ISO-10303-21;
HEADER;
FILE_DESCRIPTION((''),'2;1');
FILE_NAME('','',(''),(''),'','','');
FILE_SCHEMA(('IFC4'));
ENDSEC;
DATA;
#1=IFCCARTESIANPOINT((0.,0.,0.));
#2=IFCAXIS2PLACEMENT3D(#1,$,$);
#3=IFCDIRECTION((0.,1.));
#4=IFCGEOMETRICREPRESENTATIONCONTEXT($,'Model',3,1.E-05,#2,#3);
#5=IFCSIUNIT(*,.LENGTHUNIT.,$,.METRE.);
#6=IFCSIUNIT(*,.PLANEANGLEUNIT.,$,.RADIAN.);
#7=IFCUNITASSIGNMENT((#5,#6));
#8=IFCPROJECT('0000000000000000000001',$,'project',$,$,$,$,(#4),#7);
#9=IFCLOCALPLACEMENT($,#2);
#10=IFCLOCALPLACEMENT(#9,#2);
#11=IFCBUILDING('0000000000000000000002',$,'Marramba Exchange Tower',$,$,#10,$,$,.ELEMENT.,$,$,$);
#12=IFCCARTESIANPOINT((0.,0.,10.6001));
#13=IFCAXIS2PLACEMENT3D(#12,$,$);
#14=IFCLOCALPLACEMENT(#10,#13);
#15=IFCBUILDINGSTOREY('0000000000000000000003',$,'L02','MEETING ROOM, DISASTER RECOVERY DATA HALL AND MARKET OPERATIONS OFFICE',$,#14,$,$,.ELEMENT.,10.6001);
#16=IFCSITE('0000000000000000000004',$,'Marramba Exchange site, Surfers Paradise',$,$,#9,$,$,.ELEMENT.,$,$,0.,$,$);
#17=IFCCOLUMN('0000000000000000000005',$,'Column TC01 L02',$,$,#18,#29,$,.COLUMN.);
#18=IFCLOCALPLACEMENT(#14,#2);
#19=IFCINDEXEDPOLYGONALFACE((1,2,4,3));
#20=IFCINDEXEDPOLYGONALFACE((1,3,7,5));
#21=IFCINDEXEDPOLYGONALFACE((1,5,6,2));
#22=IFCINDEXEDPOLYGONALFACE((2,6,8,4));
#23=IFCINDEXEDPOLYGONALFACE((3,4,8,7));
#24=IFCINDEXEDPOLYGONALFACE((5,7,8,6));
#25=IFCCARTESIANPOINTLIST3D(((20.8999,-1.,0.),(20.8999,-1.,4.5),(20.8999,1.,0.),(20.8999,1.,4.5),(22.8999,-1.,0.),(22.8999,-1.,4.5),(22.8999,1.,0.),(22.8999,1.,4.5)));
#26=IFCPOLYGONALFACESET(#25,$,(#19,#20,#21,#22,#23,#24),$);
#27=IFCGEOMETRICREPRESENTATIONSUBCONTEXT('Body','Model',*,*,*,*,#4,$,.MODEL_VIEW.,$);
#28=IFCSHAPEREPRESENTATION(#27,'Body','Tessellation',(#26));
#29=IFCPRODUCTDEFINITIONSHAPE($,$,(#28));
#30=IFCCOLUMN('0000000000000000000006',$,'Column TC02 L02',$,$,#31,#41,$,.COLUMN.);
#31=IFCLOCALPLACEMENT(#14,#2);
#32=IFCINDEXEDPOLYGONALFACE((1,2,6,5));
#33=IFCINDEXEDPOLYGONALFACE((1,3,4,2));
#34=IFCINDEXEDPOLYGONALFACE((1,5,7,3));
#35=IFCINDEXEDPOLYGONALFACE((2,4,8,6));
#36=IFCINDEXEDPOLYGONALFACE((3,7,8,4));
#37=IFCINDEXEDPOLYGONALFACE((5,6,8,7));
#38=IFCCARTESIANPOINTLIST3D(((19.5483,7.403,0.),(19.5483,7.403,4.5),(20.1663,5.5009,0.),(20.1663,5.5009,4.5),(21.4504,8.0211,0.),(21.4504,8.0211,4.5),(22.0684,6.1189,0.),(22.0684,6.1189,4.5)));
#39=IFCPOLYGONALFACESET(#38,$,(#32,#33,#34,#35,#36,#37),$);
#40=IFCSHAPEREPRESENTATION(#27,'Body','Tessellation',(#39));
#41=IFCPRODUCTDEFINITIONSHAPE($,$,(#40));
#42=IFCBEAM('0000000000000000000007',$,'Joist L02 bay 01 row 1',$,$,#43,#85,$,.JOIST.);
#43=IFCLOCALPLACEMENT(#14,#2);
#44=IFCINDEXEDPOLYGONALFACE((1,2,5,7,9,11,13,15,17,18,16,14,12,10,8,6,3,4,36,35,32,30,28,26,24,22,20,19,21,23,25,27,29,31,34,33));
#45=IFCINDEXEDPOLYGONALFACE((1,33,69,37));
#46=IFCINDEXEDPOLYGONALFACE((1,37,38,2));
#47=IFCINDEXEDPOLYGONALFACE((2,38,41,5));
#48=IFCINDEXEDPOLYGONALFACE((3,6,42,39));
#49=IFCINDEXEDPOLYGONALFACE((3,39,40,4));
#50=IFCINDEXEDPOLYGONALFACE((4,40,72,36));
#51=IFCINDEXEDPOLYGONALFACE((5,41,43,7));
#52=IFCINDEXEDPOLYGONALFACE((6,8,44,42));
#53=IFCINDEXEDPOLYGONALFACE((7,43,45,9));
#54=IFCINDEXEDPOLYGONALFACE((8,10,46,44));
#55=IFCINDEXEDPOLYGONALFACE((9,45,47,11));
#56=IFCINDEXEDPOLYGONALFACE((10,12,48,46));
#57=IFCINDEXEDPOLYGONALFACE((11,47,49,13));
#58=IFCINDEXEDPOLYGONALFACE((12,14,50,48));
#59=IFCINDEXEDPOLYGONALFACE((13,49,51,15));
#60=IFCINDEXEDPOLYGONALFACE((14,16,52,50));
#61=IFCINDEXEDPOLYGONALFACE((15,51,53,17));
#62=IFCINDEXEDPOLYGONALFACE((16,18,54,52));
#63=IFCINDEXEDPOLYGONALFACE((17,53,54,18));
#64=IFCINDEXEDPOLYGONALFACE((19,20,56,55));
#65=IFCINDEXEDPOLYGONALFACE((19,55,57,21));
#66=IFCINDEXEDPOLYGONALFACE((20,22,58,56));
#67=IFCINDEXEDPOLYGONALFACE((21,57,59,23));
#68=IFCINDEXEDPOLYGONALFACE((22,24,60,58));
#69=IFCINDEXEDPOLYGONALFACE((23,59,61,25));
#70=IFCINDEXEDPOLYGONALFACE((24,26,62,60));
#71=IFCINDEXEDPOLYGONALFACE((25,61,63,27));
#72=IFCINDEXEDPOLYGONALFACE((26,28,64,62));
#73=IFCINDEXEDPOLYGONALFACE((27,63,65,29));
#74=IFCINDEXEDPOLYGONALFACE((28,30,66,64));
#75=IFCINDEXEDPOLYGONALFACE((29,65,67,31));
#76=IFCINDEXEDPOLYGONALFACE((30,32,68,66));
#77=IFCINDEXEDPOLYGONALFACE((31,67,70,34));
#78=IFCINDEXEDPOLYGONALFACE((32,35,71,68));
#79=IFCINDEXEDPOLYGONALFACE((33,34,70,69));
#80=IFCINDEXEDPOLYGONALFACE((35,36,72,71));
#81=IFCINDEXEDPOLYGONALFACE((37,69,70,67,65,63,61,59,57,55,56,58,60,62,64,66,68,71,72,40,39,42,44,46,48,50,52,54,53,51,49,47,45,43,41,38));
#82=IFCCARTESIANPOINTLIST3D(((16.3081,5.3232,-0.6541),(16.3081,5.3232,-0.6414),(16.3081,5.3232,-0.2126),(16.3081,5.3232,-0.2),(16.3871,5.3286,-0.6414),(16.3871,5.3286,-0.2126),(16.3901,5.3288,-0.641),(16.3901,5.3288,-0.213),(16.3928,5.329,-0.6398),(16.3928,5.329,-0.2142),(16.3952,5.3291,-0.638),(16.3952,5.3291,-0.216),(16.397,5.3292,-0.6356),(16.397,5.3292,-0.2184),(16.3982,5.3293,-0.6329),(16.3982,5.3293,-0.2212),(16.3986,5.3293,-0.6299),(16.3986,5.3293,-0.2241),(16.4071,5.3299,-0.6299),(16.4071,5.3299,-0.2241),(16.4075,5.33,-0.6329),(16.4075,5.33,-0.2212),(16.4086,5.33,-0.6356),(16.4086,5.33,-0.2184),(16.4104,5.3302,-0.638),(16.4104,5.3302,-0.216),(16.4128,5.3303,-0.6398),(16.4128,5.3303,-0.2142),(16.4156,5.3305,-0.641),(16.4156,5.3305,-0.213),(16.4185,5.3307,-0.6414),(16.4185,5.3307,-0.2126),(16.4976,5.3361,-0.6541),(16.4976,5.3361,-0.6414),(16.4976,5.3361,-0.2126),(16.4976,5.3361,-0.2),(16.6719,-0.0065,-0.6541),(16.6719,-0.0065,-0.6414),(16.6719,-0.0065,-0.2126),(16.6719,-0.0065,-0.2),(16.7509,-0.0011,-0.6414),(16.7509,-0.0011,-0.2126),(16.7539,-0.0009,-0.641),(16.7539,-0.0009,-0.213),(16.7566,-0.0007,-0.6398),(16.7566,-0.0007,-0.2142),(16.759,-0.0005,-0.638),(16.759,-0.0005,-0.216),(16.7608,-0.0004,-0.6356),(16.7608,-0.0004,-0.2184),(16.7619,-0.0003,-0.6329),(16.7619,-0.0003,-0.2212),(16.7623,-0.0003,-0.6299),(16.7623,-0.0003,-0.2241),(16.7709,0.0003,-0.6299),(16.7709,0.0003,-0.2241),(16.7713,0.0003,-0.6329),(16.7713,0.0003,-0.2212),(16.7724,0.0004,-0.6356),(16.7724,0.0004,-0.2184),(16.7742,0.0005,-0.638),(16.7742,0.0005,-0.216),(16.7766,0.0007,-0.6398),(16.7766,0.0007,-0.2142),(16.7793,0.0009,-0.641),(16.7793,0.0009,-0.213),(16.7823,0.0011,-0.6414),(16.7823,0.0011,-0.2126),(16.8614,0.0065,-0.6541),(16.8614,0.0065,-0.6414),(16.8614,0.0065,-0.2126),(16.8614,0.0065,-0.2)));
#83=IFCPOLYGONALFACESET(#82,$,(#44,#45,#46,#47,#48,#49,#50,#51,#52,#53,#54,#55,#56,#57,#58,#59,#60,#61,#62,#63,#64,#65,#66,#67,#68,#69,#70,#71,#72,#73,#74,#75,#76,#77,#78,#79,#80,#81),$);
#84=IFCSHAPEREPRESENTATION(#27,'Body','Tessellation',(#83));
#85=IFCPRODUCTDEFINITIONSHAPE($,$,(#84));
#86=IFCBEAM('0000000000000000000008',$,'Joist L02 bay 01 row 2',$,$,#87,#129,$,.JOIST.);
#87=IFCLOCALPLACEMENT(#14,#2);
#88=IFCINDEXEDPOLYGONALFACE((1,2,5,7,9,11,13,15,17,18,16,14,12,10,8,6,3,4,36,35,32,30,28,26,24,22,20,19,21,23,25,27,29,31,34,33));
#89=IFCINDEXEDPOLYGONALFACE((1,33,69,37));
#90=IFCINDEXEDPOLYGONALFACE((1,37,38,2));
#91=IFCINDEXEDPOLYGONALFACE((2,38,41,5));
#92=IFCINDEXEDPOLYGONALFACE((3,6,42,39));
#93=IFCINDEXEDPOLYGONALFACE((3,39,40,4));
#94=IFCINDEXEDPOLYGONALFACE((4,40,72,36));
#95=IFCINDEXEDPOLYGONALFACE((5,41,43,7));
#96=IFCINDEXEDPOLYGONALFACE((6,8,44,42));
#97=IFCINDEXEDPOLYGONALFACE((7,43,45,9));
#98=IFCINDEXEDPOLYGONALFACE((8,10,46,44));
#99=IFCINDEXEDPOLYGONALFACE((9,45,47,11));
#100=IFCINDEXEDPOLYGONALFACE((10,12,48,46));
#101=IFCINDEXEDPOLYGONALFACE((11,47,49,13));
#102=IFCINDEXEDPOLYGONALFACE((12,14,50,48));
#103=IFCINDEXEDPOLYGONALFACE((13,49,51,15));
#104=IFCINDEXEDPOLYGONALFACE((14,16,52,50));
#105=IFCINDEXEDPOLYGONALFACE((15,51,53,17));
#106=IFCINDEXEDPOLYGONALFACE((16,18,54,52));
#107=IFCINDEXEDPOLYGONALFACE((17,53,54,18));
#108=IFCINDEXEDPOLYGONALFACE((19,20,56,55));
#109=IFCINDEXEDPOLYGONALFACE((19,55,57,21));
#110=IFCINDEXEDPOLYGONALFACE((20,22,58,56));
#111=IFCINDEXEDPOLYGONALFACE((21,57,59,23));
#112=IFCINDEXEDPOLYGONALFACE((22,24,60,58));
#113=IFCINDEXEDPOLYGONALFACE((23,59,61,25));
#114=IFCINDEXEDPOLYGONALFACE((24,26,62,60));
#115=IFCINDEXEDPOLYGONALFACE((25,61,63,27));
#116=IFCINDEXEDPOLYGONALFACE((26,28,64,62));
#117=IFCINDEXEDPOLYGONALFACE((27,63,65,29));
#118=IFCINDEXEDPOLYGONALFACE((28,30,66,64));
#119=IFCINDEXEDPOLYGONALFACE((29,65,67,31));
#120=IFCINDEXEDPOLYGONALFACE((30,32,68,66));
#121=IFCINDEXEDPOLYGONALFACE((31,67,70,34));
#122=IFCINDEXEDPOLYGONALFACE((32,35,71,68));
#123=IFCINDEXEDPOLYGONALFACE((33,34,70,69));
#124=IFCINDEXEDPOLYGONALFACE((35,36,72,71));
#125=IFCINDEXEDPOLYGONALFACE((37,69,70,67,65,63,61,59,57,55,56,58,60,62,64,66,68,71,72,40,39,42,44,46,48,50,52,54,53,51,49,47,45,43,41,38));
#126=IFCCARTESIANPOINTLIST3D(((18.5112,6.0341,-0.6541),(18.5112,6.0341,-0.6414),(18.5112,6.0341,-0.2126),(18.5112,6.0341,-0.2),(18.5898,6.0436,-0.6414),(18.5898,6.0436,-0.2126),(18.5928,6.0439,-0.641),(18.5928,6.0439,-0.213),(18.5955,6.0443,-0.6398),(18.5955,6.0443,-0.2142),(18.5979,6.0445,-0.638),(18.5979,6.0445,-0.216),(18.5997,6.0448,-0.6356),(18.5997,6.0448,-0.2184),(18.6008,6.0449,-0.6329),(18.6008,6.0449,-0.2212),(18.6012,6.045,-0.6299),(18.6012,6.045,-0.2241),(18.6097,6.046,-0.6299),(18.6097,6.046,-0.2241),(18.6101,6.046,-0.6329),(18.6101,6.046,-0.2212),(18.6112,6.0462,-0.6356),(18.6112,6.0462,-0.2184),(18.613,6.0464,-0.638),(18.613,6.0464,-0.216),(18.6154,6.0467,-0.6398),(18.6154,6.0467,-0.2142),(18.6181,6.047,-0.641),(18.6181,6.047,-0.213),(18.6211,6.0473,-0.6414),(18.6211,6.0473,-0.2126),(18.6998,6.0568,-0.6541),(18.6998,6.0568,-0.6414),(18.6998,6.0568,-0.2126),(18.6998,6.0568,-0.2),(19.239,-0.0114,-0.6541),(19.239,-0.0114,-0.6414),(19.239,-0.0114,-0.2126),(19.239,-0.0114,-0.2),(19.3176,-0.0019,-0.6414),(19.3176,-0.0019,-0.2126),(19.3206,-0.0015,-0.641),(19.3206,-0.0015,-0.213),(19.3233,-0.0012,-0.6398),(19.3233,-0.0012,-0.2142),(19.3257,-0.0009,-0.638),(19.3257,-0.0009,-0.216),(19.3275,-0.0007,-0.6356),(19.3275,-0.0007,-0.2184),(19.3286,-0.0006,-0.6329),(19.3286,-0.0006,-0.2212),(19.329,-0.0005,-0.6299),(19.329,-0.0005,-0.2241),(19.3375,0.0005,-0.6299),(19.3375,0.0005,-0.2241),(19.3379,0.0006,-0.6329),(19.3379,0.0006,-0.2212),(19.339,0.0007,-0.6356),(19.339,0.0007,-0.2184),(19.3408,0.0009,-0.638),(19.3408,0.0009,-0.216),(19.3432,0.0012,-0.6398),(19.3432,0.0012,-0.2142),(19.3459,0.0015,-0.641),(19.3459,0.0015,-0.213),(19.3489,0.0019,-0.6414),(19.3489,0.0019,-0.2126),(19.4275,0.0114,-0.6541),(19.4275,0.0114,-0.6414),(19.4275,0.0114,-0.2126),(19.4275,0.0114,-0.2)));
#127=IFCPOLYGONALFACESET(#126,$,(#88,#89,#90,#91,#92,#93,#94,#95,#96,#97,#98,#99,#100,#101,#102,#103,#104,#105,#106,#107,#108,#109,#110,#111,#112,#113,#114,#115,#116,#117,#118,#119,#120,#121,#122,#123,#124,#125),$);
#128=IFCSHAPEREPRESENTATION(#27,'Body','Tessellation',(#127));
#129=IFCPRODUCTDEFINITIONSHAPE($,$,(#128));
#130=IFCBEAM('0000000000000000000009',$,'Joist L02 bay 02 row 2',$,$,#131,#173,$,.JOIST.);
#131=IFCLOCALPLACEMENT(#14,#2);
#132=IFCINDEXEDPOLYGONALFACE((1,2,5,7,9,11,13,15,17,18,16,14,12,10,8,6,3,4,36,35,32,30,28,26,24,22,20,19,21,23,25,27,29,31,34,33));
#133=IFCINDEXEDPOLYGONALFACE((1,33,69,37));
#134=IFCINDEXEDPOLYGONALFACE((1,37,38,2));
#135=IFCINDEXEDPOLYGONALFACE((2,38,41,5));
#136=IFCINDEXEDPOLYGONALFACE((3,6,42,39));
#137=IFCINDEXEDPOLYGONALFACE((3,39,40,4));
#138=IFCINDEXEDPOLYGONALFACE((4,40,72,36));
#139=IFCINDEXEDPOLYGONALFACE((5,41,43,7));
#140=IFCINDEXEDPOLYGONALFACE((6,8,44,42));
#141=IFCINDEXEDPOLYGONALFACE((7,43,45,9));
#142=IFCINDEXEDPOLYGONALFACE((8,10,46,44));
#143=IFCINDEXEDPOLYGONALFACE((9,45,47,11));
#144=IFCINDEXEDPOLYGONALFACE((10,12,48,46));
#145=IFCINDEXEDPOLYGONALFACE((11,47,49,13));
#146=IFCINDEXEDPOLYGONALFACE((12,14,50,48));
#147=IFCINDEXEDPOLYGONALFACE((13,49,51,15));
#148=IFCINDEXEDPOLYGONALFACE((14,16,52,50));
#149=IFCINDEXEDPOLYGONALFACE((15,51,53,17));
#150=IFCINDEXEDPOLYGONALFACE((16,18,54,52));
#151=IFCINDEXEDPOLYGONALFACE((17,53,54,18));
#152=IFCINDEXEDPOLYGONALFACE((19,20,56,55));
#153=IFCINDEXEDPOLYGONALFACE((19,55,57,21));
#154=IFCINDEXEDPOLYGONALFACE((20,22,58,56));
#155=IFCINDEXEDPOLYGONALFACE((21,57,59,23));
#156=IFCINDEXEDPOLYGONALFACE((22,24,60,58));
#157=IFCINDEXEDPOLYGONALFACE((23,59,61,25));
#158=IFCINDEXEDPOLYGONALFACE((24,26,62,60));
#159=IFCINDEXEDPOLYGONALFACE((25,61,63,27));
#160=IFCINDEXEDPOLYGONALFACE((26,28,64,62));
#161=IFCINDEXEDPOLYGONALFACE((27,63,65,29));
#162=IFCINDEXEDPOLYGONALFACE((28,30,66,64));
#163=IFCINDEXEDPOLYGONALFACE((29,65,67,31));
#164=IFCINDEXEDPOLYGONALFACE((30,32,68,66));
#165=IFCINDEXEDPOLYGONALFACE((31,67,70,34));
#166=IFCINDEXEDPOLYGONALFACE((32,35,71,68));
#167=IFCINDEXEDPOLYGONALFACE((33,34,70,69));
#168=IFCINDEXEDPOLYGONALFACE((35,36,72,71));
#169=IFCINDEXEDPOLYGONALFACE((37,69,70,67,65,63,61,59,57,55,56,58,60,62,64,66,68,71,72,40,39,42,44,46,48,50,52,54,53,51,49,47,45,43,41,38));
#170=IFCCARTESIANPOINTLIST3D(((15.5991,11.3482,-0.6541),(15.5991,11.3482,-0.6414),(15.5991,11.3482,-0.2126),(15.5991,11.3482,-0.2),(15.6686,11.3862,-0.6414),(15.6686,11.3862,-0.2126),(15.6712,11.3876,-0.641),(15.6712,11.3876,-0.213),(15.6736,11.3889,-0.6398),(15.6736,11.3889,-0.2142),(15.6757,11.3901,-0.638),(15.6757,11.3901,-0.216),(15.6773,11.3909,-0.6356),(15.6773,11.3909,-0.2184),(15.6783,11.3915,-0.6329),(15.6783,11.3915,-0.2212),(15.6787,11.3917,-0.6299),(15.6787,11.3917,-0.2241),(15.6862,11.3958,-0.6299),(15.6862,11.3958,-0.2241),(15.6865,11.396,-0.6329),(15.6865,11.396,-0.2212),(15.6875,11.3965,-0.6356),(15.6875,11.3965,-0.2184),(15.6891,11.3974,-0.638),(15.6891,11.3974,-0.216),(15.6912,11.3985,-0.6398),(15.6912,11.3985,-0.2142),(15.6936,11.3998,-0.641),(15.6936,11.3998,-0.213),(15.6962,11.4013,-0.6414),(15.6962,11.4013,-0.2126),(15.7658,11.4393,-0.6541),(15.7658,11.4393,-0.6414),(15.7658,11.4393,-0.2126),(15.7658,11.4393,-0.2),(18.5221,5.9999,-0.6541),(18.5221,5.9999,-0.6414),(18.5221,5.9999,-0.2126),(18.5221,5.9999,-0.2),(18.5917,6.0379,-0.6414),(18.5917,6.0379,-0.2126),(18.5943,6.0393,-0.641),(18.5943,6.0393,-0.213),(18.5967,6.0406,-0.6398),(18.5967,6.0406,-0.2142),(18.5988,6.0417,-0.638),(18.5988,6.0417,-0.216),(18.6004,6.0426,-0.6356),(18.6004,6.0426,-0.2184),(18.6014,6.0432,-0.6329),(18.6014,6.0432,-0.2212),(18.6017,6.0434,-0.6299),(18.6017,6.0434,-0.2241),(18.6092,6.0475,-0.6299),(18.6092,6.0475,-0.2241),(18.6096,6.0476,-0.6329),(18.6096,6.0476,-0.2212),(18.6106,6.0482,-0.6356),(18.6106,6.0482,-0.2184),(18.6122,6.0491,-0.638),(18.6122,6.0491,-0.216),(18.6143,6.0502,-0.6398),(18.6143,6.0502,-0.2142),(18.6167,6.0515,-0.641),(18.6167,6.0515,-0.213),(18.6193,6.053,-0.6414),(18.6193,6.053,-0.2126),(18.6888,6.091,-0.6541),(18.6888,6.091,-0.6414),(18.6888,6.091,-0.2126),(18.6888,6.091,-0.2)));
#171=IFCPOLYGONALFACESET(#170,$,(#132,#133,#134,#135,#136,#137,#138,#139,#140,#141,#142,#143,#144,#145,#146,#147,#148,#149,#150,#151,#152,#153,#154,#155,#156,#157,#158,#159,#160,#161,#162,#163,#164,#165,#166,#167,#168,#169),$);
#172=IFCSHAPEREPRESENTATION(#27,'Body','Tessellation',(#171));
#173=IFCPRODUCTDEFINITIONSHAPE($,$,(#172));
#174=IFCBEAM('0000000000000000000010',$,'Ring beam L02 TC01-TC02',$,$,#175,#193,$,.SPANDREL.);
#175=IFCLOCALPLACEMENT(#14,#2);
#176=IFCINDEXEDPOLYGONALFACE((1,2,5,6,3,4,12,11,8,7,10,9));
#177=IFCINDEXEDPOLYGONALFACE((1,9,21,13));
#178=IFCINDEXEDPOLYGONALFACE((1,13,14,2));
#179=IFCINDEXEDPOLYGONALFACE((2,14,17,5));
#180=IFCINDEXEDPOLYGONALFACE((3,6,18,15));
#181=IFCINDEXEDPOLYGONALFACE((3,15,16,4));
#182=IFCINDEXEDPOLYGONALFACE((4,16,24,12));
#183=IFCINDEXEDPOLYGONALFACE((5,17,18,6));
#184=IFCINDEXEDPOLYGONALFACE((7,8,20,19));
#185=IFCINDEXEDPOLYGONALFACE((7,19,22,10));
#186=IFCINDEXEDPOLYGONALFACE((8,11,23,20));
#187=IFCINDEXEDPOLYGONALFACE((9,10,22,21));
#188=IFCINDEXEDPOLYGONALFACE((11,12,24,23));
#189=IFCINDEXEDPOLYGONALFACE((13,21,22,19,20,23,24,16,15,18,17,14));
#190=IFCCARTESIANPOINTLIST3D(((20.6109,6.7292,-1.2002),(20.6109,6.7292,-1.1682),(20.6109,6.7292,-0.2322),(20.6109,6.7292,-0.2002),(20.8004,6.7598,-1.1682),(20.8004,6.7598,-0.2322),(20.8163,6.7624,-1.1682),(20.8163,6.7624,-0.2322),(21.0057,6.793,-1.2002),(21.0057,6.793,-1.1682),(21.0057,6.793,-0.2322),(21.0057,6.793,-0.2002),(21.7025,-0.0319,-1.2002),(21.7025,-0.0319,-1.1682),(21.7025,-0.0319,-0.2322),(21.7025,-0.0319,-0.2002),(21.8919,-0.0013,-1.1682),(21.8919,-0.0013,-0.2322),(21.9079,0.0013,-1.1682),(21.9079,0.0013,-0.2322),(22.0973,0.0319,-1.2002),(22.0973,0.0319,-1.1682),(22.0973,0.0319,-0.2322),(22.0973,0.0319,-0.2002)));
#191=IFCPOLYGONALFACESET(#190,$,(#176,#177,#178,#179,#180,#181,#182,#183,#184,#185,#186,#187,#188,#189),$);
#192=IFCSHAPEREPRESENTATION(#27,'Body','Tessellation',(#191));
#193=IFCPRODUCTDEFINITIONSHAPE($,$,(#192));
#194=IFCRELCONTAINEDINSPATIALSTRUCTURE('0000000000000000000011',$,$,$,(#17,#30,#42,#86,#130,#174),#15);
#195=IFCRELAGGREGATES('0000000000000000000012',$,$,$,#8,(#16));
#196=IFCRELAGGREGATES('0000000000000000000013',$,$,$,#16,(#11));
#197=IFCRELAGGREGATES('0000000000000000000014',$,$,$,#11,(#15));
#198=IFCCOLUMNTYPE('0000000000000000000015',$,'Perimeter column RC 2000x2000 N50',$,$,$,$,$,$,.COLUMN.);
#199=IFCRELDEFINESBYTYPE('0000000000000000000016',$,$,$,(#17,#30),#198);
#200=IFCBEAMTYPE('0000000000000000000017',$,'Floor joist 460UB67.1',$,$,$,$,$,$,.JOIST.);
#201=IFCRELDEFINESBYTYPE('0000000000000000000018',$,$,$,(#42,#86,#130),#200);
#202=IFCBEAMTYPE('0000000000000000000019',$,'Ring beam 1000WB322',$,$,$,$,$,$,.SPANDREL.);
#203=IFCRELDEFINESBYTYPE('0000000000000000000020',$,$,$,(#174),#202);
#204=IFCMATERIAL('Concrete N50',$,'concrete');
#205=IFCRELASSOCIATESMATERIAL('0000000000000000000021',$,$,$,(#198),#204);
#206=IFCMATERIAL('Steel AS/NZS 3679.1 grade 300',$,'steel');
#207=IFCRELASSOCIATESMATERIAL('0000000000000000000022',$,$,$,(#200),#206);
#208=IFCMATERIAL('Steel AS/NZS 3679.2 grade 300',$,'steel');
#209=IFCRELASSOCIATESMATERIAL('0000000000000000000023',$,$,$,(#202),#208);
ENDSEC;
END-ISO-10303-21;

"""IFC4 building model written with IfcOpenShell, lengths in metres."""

from ifc_helpers import new_model, si_unit, direction, frame, origin, origin_2d, place, context, subcontext, project, spatial, rectangle, i_section, extrude, material, material_profile, profile_set, type_object, element, save


model = new_model("IFC4")

# Units and contexts
model_context = context("Model", 3, precision=1e-05, world=origin(), true_north=direction((0.0, 1.0)))
body_context = subcontext(model_context, "Body", "Model", "MODEL_VIEW")
ifc_project = project(units=[si_unit("LENGTHUNIT", "METRE"), si_unit("PLANEANGLEUNIT", "RADIAN")], contexts=[model_context])

# Site, building, storey
site_placement = place(None, origin())
site = spatial("IfcSite", under=ifc_project, at=site_placement, Name="Marramba Exchange site, Surfers Paradise", CompositionType="ELEMENT", RefElevation=0.0)
building_placement = place(site_placement, origin())
building = spatial("IfcBuilding", under=site, at=building_placement, Name="Marramba Exchange Tower", CompositionType="ELEMENT")
storey_placement = place(building_placement, frame((0.0, 0.0, 10.6001)))
storey = spatial("IfcBuildingStorey", under=building, at=storey_placement, Name="L02", Description="MEETING ROOM, DISASTER RECOVERY DATA HALL AND MARKET OPERATIONS OFFICE", CompositionType="ELEMENT", Elevation=10.6001)

# Columns
ifc_material_1 = material(Name="Concrete N50", Category="concrete")
ifc_material_profile_1 = material_profile(ifc_material_1, rectangle(XDim=2.0, YDim=2.0, at=origin_2d()), Name="RC 2000x2000")
ifc_profile_set_1 = profile_set([ifc_material_profile_1], Name="Concrete N50")
column_type = type_object("IfcColumnType", Name="Perimeter column RC 2000x2000 N50", PredefinedType="COLUMN", material=ifc_profile_set_1)
for number, where, z_axis, x_axis, name in (
    (1, (21.8999, 0.0, 0.0), (0.0, 0.0, 1.0), (1.0, 0.0, 0.0), "Column TC01 L02"),
    (2, (20.8083, 6.761, 0.0), (0.0, 0.0, 1.0), (0.951057, 0.309017, 0.0), "Column TC02 L02"),
):
    element("IfcColumn", number, at=place(storey_placement, frame(where, z_axis=z_axis, x_axis=x_axis)), inside=storey, type_object=column_type, Name=name, PredefinedType="COLUMN", context=body_context, shape_type="SweptSolid", body=[
        extrude(rectangle(XDim=2.0, YDim=2.0, at=origin_2d()), origin(), (0.0, 0.0, 1.0), 4.5),
    ])

# Beams
ifc_material_2 = material(Name="Steel AS/NZS 3679.1 grade 300", Category="steel")
ifc_material_profile_2 = material_profile(ifc_material_2, i_section(OverallWidth=0.1899, OverallDepth=0.4541, WebThickness=0.0085, FlangeThickness=0.0127, FilletRadius=0.0115, at=origin_2d()), Name="460UB67.1")
ifc_profile_set_2 = profile_set([ifc_material_profile_2], Name="Steel AS/NZS 3679.1 grade 300")
beam_type_1 = type_object("IfcBeamType", Name="Floor joist 460UB67.1", PredefinedType="JOIST", material=ifc_profile_set_2)
beam_1_placement = place(storey_placement, frame((16.7666, 0.0, -0.427), z_axis=(-0.068096, 0.997679, 0.0), x_axis=(-0.997679, -0.068096, 0.0)))
element("IfcBeam", 3, at=beam_1_placement, inside=storey, type_object=beam_type_1, Name="Joist L02 bay 01 row 1", PredefinedType="JOIST", context=body_context, shape_type="SweptSolid", body=[
    extrude(i_section(OverallWidth=0.1899, OverallDepth=0.4541, WebThickness=0.0085, FlangeThickness=0.0127, FilletRadius=0.0115, at=origin_2d()), origin(), (0.0, 0.0, 1.0), 5.342),
])
beam_2_placement = place(storey_placement, frame((19.3333, 0.0, -0.427), z_axis=(-0.119523, 0.992831, 0.0), x_axis=(-0.992831, -0.119523, 0.0)))
element("IfcBeam", 4, at=beam_2_placement, inside=storey, type_object=beam_type_1, Name="Joist L02 bay 01 row 2", PredefinedType="JOIST", context=body_context, shape_type="SweptSolid", body=[
    extrude(i_section(OverallWidth=0.1899, OverallDepth=0.4541, WebThickness=0.0085, FlangeThickness=0.0127, FilletRadius=0.0115, at=origin_2d()), origin(), (0.0, 0.0, 1.0), 6.0891),
])
beam_3_placement = place(storey_placement, frame((18.6055, 6.0454, -0.427), z_axis=(-0.479584, 0.877496, 0.0), x_axis=(-0.877496, -0.479584, 0.0)))
element("IfcBeam", 5, at=beam_3_placement, inside=storey, type_object=beam_type_1, Name="Joist L02 bay 02 row 2", PredefinedType="JOIST", context=body_context, shape_type="SweptSolid", body=[
    extrude(i_section(OverallWidth=0.1899, OverallDepth=0.4541, WebThickness=0.0085, FlangeThickness=0.0127, FilletRadius=0.0115, at=origin_2d()), origin(), (0.0, 0.0, 1.0), 6.095),
])
ifc_material_3 = material(Name="Steel AS/NZS 3679.2 grade 300", Category="steel")
ifc_material_profile_3 = material_profile(ifc_material_3, i_section(OverallWidth=0.3999, OverallDepth=1.0, WebThickness=0.0161, FlangeThickness=0.032, at=origin_2d()), Name="1000WB322")
ifc_profile_set_3 = profile_set([ifc_material_profile_3], Name="Steel AS/NZS 3679.2 grade 300")
beam_type_2 = type_object("IfcBeamType", Name="Ring beam 1000WB322", PredefinedType="SPANDREL", material=ifc_profile_set_3)
beam_4_placement = place(storey_placement, frame((21.8999, 0.0, -0.7002), z_axis=(-0.159385, 0.987217, 0.0), x_axis=(-0.987217, -0.159385, 0.0)))
element("IfcBeam", 6, at=beam_4_placement, inside=storey, type_object=beam_type_2, Name="Ring beam L02 TC01-TC02", PredefinedType="SPANDREL", context=body_context, shape_type="SweptSolid", body=[
    extrude(i_section(OverallWidth=0.3999, OverallDepth=1.0, WebThickness=0.0161, FlangeThickness=0.032, at=origin_2d()), origin(), (0.0, 0.0, 1.0), 6.8486),
])

save(model, "model.ifc")
